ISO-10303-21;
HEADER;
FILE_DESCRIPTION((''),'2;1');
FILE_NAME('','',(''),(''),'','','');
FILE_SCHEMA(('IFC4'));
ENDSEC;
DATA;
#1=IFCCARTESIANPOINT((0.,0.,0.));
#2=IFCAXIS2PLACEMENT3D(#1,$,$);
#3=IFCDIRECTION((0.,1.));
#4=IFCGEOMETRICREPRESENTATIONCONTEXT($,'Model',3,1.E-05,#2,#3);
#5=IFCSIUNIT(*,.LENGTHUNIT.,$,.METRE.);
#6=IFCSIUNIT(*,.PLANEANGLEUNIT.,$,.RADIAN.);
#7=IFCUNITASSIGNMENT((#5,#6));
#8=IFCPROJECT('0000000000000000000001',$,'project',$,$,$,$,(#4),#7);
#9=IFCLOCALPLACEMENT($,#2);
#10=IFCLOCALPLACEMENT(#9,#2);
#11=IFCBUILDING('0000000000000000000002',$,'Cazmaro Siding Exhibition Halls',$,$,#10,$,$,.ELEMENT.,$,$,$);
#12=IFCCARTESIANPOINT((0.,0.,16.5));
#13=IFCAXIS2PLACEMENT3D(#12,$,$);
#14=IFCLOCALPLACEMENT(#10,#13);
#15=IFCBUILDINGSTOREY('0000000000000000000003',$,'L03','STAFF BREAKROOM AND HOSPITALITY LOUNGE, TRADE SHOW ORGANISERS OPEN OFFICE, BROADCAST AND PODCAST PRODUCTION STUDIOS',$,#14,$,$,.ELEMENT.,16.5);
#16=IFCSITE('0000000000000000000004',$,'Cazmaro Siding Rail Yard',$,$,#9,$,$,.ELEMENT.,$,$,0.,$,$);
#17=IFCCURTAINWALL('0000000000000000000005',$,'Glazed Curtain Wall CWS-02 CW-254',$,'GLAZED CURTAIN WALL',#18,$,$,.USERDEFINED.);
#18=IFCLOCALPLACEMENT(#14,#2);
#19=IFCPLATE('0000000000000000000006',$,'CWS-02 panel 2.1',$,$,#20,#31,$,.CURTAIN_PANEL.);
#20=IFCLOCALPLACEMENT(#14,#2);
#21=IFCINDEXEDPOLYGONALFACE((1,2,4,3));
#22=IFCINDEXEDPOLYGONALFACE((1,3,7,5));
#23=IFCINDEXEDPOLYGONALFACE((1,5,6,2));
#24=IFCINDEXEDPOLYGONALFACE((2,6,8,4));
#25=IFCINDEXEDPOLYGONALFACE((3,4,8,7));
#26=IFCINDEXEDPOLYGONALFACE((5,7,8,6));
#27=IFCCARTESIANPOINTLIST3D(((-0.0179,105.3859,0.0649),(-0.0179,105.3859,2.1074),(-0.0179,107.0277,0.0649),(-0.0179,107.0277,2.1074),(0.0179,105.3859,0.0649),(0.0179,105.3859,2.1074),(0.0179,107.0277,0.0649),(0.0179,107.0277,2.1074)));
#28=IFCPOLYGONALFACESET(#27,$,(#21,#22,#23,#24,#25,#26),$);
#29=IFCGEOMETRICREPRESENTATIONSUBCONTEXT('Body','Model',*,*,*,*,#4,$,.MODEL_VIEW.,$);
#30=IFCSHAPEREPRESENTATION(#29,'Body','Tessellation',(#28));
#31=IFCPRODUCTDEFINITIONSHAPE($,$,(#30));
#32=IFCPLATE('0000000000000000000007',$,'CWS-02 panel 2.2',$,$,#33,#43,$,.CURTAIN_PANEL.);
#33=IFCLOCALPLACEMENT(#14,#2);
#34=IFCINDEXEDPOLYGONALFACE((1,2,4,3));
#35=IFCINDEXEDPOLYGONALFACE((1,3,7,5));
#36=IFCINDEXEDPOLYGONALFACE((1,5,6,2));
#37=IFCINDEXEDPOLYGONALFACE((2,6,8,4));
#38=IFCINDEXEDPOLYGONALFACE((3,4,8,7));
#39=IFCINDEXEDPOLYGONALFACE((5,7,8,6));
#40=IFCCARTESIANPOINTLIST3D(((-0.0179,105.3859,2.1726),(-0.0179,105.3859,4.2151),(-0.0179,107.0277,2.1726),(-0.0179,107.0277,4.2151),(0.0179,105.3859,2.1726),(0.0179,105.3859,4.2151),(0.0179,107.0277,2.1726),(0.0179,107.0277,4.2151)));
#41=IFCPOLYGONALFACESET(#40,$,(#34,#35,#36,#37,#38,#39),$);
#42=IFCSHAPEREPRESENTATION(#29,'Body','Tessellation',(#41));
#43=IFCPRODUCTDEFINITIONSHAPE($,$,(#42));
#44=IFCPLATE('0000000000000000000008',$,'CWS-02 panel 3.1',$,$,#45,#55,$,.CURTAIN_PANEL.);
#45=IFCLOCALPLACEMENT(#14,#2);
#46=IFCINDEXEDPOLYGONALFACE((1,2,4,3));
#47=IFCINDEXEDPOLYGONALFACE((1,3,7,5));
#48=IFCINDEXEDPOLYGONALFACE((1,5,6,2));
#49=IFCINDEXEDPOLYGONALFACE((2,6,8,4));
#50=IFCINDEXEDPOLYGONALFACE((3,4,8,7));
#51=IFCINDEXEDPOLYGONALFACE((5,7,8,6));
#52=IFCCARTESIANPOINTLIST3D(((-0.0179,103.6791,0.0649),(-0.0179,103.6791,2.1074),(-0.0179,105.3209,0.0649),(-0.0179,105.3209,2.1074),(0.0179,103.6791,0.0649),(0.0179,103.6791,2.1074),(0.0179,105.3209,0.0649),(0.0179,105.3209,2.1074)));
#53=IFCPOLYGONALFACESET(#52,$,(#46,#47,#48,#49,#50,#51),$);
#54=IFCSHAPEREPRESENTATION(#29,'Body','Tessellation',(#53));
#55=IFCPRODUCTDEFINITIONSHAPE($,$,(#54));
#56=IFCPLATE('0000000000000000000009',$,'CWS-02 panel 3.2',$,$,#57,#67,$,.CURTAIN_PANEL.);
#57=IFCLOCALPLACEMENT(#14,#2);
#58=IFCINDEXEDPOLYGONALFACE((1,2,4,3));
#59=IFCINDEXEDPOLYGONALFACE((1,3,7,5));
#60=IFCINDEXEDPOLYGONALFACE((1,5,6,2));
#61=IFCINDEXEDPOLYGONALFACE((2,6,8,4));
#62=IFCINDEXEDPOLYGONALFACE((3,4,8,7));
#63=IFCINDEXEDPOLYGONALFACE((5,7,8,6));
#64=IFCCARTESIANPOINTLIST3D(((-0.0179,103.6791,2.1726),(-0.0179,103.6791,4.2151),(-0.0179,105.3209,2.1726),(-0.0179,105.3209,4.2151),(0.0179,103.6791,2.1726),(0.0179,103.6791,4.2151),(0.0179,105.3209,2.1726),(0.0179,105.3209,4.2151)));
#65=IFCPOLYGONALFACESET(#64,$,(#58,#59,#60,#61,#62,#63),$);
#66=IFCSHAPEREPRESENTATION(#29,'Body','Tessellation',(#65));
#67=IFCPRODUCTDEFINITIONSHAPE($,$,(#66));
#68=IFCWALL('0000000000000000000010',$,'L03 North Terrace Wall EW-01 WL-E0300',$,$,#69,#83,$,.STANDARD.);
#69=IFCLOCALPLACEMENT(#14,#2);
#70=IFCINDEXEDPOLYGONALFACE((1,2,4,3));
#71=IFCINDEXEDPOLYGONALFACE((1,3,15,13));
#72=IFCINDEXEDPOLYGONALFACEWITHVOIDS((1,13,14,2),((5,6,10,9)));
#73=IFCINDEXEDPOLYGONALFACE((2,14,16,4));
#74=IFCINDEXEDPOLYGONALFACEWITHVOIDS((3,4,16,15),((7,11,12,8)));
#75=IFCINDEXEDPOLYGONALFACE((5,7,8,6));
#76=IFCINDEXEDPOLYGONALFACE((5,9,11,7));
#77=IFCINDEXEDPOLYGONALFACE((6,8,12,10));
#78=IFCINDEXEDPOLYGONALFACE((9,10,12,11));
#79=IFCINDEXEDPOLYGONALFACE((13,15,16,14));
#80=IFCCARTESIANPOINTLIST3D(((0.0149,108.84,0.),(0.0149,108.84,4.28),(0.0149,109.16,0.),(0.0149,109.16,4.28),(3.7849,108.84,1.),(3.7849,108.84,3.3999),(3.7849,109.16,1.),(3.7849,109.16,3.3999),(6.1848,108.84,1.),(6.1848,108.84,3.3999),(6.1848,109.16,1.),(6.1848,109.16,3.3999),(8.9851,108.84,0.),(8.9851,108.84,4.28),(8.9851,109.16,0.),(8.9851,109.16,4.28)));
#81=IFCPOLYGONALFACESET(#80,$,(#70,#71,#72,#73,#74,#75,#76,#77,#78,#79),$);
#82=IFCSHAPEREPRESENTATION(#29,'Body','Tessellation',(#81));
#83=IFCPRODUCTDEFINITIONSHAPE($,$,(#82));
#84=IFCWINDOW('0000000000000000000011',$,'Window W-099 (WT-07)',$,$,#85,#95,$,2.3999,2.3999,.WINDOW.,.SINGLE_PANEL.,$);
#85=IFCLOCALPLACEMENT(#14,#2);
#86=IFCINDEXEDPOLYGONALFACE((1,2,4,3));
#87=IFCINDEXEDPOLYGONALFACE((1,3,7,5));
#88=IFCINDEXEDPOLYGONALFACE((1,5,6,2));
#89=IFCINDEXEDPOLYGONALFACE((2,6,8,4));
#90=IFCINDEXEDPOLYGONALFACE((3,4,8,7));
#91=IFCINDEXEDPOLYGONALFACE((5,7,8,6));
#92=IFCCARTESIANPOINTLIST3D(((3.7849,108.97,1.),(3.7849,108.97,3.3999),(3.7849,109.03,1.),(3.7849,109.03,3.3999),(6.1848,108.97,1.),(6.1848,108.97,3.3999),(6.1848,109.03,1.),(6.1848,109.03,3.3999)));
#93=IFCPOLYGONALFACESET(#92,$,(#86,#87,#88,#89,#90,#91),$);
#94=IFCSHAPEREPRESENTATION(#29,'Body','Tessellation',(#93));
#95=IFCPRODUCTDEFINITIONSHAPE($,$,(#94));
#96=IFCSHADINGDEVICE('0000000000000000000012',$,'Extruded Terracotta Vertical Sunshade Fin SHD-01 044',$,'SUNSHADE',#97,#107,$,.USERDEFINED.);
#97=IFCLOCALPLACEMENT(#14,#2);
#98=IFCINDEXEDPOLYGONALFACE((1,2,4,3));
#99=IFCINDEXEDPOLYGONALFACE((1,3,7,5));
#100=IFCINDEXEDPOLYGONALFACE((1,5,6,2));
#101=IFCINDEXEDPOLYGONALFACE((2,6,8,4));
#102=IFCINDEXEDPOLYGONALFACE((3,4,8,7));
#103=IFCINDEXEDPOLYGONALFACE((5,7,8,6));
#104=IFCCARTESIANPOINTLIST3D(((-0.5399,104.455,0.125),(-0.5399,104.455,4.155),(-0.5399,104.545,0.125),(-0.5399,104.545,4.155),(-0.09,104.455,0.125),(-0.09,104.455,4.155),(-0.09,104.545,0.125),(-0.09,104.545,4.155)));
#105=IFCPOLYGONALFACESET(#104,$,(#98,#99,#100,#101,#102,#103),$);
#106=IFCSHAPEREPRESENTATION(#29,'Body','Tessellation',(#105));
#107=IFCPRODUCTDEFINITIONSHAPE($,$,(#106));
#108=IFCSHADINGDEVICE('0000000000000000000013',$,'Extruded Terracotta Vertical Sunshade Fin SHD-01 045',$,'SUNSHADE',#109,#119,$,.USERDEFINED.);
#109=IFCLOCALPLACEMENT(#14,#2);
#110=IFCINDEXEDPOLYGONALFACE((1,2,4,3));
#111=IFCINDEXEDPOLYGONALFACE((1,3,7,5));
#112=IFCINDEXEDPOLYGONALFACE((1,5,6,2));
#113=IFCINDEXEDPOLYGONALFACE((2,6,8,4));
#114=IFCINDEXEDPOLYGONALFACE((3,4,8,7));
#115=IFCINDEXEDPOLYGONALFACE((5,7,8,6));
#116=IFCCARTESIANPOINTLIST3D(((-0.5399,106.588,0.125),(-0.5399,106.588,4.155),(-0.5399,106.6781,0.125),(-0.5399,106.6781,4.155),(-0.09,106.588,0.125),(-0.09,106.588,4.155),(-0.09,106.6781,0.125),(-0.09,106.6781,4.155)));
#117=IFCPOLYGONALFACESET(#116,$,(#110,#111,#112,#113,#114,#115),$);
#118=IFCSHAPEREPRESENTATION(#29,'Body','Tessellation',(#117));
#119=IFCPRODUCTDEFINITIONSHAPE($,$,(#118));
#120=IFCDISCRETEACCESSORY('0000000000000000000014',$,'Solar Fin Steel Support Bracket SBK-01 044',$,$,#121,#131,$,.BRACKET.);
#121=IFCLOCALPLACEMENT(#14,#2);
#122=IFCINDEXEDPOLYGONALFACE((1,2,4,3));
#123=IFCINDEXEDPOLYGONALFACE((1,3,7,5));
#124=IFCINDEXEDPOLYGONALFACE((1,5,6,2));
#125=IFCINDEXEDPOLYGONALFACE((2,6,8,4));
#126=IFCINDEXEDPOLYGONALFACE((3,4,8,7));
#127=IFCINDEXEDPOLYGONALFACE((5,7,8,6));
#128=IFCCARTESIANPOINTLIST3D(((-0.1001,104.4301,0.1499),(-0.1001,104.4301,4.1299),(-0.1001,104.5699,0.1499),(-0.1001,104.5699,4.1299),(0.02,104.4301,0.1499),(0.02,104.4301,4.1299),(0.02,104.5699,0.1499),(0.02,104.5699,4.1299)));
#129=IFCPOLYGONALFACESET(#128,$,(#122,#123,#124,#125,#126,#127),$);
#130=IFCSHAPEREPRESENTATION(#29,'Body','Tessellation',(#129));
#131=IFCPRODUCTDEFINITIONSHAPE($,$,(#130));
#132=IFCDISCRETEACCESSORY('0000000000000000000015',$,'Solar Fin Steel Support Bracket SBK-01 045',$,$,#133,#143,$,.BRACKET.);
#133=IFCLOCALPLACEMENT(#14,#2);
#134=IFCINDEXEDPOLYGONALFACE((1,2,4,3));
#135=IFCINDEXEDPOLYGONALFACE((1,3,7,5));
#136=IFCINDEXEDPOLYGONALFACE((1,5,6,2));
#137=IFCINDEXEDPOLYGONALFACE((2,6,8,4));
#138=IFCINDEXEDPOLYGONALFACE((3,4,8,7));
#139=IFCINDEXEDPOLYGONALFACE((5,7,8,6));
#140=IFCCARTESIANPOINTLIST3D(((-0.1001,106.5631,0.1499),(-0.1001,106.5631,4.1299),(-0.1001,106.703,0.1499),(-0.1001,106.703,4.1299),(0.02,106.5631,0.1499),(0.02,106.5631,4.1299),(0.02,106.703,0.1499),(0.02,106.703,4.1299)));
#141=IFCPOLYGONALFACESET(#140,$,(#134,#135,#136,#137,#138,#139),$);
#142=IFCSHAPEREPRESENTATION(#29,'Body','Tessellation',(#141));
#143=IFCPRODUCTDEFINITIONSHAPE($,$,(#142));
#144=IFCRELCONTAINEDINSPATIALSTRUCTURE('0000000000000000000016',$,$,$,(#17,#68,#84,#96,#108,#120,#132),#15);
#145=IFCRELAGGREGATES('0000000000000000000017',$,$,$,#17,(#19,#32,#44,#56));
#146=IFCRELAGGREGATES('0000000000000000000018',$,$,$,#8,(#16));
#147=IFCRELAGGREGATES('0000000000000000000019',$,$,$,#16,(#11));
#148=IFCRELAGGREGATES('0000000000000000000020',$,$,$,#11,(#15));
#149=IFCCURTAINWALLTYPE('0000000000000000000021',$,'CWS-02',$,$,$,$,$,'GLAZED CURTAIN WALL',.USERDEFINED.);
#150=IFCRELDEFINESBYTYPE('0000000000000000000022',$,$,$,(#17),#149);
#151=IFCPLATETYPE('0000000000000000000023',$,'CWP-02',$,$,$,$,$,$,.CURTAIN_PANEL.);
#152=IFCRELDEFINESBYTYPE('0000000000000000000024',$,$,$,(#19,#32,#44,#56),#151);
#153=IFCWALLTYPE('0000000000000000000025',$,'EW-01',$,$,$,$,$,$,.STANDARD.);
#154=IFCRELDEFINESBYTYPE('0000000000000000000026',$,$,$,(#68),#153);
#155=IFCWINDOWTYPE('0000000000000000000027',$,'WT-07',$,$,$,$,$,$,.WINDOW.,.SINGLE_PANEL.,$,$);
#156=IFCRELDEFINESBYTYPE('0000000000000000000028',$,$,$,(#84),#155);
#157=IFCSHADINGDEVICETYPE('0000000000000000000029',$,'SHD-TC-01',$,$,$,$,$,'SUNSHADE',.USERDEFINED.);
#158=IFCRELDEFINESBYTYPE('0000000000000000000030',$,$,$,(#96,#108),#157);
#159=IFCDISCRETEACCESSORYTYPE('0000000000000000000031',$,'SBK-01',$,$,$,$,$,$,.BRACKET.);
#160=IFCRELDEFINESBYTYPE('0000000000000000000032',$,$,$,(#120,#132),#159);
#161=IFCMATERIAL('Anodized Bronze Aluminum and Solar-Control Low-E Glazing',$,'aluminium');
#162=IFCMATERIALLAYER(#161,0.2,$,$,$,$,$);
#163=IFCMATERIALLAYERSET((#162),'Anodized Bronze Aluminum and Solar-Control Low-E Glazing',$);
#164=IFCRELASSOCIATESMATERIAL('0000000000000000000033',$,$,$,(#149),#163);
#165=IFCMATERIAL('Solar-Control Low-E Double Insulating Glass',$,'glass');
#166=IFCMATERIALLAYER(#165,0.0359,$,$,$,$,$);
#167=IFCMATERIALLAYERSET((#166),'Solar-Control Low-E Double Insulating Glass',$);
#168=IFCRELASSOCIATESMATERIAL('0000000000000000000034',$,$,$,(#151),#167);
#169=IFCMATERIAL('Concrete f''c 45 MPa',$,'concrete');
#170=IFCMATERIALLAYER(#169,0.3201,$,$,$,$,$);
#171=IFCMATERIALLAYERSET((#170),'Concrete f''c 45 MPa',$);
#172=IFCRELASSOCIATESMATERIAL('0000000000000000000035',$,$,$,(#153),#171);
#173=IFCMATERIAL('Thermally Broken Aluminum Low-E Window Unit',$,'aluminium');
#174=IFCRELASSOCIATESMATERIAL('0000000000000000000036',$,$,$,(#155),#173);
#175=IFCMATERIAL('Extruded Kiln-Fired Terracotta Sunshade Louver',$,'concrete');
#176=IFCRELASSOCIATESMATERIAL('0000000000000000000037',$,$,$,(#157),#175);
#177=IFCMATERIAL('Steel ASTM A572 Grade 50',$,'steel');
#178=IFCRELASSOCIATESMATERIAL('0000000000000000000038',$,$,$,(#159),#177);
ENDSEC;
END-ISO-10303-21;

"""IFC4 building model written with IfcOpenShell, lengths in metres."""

from ifc_helpers import new_model, si_unit, direction, frame, frame_2d, origin, origin_2d, place, context, subcontext, project, spatial, rectangle, extrude, material, layer, layer_set, type_object, element, fill, aggregate, save


model = new_model("IFC4")

# Units and contexts
model_context = context("Model", 3, precision=1e-05, world=origin(), true_north=direction((0.0, 1.0)))
body_context = subcontext(model_context, "Body", "Model", "MODEL_VIEW")
ifc_project = project(units=[si_unit("LENGTHUNIT", "METRE"), si_unit("PLANEANGLEUNIT", "RADIAN")], contexts=[model_context])

# Site, building, storey
site_placement = place(None, origin())
site = spatial("IfcSite", under=ifc_project, at=site_placement, Name="Cazmaro Siding Rail Yard", CompositionType="ELEMENT", RefElevation=0.0)
building_placement = place(site_placement, origin())
building = spatial("IfcBuilding", under=site, at=building_placement, Name="Cazmaro Siding Exhibition Halls", CompositionType="ELEMENT")
storey_placement = place(building_placement, frame((0.0, 0.0, 16.5)))
storey = spatial("IfcBuildingStorey", under=building, at=storey_placement, Name="L03", Description="STAFF BREAKROOM AND HOSPITALITY LOUNGE, TRADE SHOW ORGANISERS OPEN OFFICE, BROADCAST AND PODCAST PRODUCTION STUDIOS", CompositionType="ELEMENT", Elevation=16.5)

# Curtain wall
ifc_material_1 = material(Name="Anodized Bronze Aluminum and Solar-Control Low-E Glazing", Category="aluminium")
ifc_layer_1 = layer(ifc_material_1, 0.2)
ifc_layer_set_1 = layer_set([ifc_layer_1], Name="Anodized Bronze Aluminum and Solar-Control Low-E Glazing")
curtain_wall_type = type_object("IfcCurtainWallType", Name="CWS-02", ElementType="GLAZED CURTAIN WALL", PredefinedType="USERDEFINED", material=ifc_layer_set_1)
curtain_wall_placement = place(storey_placement, origin())
curtain_wall = element("IfcCurtainWall", 1, at=curtain_wall_placement, inside=storey, type_object=curtain_wall_type, Name="Glazed Curtain Wall CWS-02 CW-254", ObjectType="GLAZED CURTAIN WALL", PredefinedType="USERDEFINED")

# Plates
ifc_material_2 = material(Name="Solar-Control Low-E Double Insulating Glass", Category="glass")
ifc_layer_2 = layer(ifc_material_2, 0.0359)
ifc_layer_set_2 = layer_set([ifc_layer_2], Name="Solar-Control Low-E Double Insulating Glass")
plate_type = type_object("IfcPlateType", Name="CWP-02", PredefinedType="CURTAIN_PANEL", material=ifc_layer_set_2)
plate_1_placement = place(storey_placement, frame((0.0, 106.2068, 0.0649), z_axis=(0.0, 0.0, 1.0), x_axis=(0.0, -1.0, 0.0)))
plate_1 = element("IfcPlate", 2, at=plate_1_placement, type_object=plate_type, Name="CWS-02 panel 2.1", PredefinedType="CURTAIN_PANEL", context=body_context, shape_type="SweptSolid", body=[
    extrude(rectangle(XDim=1.6418, YDim=0.0359, at=origin_2d()), origin(), (0.0, 0.0, 1.0), 2.0425),
])
plate_2_placement = place(storey_placement, frame((0.0, 106.2068, 2.1726), z_axis=(0.0, 0.0, 1.0), x_axis=(0.0, -1.0, 0.0)))
plate_2 = element("IfcPlate", 3, at=plate_2_placement, type_object=plate_type, Name="CWS-02 panel 2.2", PredefinedType="CURTAIN_PANEL", context=body_context, shape_type="SweptSolid", body=[
    extrude(rectangle(XDim=1.6418, YDim=0.0359, at=origin_2d()), origin(), (0.0, 0.0, 1.0), 2.0425),
])
plate_3_placement = place(storey_placement, frame((0.0, 104.5, 0.0649), z_axis=(0.0, 0.0, 1.0), x_axis=(0.0, -1.0, 0.0)))
plate_3 = element("IfcPlate", 4, at=plate_3_placement, type_object=plate_type, Name="CWS-02 panel 3.1", PredefinedType="CURTAIN_PANEL", context=body_context, shape_type="SweptSolid", body=[
    extrude(rectangle(XDim=1.6418, YDim=0.0359, at=origin_2d()), origin(), (0.0, 0.0, 1.0), 2.0425),
])
plate_4_placement = place(storey_placement, frame((0.0, 104.5, 2.1726), z_axis=(0.0, 0.0, 1.0), x_axis=(0.0, -1.0, 0.0)))
plate_4 = element("IfcPlate", 5, at=plate_4_placement, type_object=plate_type, Name="CWS-02 panel 3.2", PredefinedType="CURTAIN_PANEL", context=body_context, shape_type="SweptSolid", body=[
    extrude(rectangle(XDim=1.6418, YDim=0.0359, at=origin_2d()), origin(), (0.0, 0.0, 1.0), 2.0425),
])
aggregate(curtain_wall, [plate_1, plate_2, plate_3, plate_4])

# Wall, opening, window
ifc_material_3 = material(Name="Concrete f'c 45 MPa", Category="concrete")
ifc_layer_3 = layer(ifc_material_3, 0.3201)
ifc_layer_set_3 = layer_set([ifc_layer_3], Name="Concrete f'c 45 MPa")
wall_type = type_object("IfcWallType", Name="EW-01", PredefinedType="STANDARD", material=ifc_layer_set_3)
wall_placement = place(storey_placement, frame((0.0149, 109.0, 0.0), z_axis=(0.0, 0.0, 1.0), x_axis=(1.0, 0.0, 0.0)))
wall = element("IfcWall", 6, at=wall_placement, inside=storey, type_object=wall_type, Name="L03 North Terrace Wall EW-01 WL-E0300", PredefinedType="STANDARD", context=body_context, shape_type="SweptSolid", body=[
    extrude(rectangle(XDim=8.9702, YDim=0.3201, at=frame_2d((4.4851, 0.0))), origin(), (0.0, 0.0, 1.0), 4.28),
])
opening_placement = place(wall_placement, frame((3.77, 0.0, 1.0)))
opening = element("IfcOpeningElement", 7, at=opening_placement, cuts=wall, PredefinedType="OPENING", context=body_context, shape_type="SweptSolid", body=[
    extrude(rectangle(XDim=2.3999, YDim=2.3999, at=frame_2d((1.2, 1.2))), frame((0.0, 0.1699, 0.0), z_axis=(0.0, -1.0, 0.0), x_axis=(1.0, 0.0, 0.0)), (0.0, 0.0, 1.0), 0.3401),
])
ifc_material_4 = material(Name="Thermally Broken Aluminum Low-E Window Unit", Category="aluminium")
window_type = type_object("IfcWindowType", Name="WT-07", PartitioningType="SINGLE_PANEL", PredefinedType="WINDOW", material=ifc_material_4)
window_placement = place(opening_placement, origin())
window = element("IfcWindow", 8, at=window_placement, inside=storey, type_object=window_type, Name="Window W-099 (WT-07)", OverallHeight=2.3999, OverallWidth=2.3999, PartitioningType="SINGLE_PANEL", PredefinedType="WINDOW", context=body_context, shape_type="SweptSolid", body=[
    extrude(rectangle(XDim=2.3999, YDim=2.3999, at=frame_2d((1.2, 1.2))), frame((0.0, 0.03, 0.0), z_axis=(0.0, -1.0, 0.0), x_axis=(1.0, 0.0, 0.0)), (0.0, 0.0, 1.0), 0.0601),
])
fill(opening, window)

# Shading devices
ifc_material_5 = material(Name="Extruded Kiln-Fired Terracotta Sunshade Louver", Category="concrete")
shading_device_type = type_object("IfcShadingDeviceType", Name="SHD-TC-01", ElementType="SUNSHADE", PredefinedType="USERDEFINED", material=ifc_material_5)
for number, where, z_axis, x_axis, name in (
    (9, (-0.3149, 104.5, 0.125), (0.0, 0.0, 1.0), (1.0, 0.0, 0.0), "Extruded Terracotta Vertical Sunshade Fin SHD-01 044"),
    (10, (-0.3149, 106.6331, 0.125), (0.0, 0.0, 1.0), (1.0, 0.0, 0.0), "Extruded Terracotta Vertical Sunshade Fin SHD-01 045"),
):
    element("IfcShadingDevice", number, at=place(storey_placement, frame(where, z_axis=z_axis, x_axis=x_axis)), inside=storey, type_object=shading_device_type, Name=name, ObjectType="SUNSHADE", PredefinedType="USERDEFINED", context=body_context, shape_type="SweptSolid", body=[
        extrude(rectangle(XDim=0.45, YDim=0.0901, at=origin_2d()), origin(), (0.0, 0.0, 1.0), 4.03),
    ])

# Discrete accessories
ifc_material_6 = material(Name="Steel ASTM A572 Grade 50", Category="steel")
discrete_accessory_type = type_object("IfcDiscreteAccessoryType", Name="SBK-01", PredefinedType="BRACKET", material=ifc_material_6)
for number, where, z_axis, x_axis, name in (
    (11, (-0.04, 104.5, 0.1499), (0.0, 0.0, 1.0), (1.0, 0.0, 0.0), "Solar Fin Steel Support Bracket SBK-01 044"),
    (12, (-0.04, 106.6331, 0.1499), (0.0, 0.0, 1.0), (1.0, 0.0, 0.0), "Solar Fin Steel Support Bracket SBK-01 045"),
):
    element("IfcDiscreteAccessory", number, at=place(storey_placement, frame(where, z_axis=z_axis, x_axis=x_axis)), inside=storey, type_object=discrete_accessory_type, Name=name, PredefinedType="BRACKET", context=body_context, shape_type="SweptSolid", body=[
        extrude(rectangle(XDim=0.1201, YDim=0.1399, at=origin_2d()), origin(), (0.0, 0.0, 1.0), 3.98),
    ])

save(model, "model.ifc")
